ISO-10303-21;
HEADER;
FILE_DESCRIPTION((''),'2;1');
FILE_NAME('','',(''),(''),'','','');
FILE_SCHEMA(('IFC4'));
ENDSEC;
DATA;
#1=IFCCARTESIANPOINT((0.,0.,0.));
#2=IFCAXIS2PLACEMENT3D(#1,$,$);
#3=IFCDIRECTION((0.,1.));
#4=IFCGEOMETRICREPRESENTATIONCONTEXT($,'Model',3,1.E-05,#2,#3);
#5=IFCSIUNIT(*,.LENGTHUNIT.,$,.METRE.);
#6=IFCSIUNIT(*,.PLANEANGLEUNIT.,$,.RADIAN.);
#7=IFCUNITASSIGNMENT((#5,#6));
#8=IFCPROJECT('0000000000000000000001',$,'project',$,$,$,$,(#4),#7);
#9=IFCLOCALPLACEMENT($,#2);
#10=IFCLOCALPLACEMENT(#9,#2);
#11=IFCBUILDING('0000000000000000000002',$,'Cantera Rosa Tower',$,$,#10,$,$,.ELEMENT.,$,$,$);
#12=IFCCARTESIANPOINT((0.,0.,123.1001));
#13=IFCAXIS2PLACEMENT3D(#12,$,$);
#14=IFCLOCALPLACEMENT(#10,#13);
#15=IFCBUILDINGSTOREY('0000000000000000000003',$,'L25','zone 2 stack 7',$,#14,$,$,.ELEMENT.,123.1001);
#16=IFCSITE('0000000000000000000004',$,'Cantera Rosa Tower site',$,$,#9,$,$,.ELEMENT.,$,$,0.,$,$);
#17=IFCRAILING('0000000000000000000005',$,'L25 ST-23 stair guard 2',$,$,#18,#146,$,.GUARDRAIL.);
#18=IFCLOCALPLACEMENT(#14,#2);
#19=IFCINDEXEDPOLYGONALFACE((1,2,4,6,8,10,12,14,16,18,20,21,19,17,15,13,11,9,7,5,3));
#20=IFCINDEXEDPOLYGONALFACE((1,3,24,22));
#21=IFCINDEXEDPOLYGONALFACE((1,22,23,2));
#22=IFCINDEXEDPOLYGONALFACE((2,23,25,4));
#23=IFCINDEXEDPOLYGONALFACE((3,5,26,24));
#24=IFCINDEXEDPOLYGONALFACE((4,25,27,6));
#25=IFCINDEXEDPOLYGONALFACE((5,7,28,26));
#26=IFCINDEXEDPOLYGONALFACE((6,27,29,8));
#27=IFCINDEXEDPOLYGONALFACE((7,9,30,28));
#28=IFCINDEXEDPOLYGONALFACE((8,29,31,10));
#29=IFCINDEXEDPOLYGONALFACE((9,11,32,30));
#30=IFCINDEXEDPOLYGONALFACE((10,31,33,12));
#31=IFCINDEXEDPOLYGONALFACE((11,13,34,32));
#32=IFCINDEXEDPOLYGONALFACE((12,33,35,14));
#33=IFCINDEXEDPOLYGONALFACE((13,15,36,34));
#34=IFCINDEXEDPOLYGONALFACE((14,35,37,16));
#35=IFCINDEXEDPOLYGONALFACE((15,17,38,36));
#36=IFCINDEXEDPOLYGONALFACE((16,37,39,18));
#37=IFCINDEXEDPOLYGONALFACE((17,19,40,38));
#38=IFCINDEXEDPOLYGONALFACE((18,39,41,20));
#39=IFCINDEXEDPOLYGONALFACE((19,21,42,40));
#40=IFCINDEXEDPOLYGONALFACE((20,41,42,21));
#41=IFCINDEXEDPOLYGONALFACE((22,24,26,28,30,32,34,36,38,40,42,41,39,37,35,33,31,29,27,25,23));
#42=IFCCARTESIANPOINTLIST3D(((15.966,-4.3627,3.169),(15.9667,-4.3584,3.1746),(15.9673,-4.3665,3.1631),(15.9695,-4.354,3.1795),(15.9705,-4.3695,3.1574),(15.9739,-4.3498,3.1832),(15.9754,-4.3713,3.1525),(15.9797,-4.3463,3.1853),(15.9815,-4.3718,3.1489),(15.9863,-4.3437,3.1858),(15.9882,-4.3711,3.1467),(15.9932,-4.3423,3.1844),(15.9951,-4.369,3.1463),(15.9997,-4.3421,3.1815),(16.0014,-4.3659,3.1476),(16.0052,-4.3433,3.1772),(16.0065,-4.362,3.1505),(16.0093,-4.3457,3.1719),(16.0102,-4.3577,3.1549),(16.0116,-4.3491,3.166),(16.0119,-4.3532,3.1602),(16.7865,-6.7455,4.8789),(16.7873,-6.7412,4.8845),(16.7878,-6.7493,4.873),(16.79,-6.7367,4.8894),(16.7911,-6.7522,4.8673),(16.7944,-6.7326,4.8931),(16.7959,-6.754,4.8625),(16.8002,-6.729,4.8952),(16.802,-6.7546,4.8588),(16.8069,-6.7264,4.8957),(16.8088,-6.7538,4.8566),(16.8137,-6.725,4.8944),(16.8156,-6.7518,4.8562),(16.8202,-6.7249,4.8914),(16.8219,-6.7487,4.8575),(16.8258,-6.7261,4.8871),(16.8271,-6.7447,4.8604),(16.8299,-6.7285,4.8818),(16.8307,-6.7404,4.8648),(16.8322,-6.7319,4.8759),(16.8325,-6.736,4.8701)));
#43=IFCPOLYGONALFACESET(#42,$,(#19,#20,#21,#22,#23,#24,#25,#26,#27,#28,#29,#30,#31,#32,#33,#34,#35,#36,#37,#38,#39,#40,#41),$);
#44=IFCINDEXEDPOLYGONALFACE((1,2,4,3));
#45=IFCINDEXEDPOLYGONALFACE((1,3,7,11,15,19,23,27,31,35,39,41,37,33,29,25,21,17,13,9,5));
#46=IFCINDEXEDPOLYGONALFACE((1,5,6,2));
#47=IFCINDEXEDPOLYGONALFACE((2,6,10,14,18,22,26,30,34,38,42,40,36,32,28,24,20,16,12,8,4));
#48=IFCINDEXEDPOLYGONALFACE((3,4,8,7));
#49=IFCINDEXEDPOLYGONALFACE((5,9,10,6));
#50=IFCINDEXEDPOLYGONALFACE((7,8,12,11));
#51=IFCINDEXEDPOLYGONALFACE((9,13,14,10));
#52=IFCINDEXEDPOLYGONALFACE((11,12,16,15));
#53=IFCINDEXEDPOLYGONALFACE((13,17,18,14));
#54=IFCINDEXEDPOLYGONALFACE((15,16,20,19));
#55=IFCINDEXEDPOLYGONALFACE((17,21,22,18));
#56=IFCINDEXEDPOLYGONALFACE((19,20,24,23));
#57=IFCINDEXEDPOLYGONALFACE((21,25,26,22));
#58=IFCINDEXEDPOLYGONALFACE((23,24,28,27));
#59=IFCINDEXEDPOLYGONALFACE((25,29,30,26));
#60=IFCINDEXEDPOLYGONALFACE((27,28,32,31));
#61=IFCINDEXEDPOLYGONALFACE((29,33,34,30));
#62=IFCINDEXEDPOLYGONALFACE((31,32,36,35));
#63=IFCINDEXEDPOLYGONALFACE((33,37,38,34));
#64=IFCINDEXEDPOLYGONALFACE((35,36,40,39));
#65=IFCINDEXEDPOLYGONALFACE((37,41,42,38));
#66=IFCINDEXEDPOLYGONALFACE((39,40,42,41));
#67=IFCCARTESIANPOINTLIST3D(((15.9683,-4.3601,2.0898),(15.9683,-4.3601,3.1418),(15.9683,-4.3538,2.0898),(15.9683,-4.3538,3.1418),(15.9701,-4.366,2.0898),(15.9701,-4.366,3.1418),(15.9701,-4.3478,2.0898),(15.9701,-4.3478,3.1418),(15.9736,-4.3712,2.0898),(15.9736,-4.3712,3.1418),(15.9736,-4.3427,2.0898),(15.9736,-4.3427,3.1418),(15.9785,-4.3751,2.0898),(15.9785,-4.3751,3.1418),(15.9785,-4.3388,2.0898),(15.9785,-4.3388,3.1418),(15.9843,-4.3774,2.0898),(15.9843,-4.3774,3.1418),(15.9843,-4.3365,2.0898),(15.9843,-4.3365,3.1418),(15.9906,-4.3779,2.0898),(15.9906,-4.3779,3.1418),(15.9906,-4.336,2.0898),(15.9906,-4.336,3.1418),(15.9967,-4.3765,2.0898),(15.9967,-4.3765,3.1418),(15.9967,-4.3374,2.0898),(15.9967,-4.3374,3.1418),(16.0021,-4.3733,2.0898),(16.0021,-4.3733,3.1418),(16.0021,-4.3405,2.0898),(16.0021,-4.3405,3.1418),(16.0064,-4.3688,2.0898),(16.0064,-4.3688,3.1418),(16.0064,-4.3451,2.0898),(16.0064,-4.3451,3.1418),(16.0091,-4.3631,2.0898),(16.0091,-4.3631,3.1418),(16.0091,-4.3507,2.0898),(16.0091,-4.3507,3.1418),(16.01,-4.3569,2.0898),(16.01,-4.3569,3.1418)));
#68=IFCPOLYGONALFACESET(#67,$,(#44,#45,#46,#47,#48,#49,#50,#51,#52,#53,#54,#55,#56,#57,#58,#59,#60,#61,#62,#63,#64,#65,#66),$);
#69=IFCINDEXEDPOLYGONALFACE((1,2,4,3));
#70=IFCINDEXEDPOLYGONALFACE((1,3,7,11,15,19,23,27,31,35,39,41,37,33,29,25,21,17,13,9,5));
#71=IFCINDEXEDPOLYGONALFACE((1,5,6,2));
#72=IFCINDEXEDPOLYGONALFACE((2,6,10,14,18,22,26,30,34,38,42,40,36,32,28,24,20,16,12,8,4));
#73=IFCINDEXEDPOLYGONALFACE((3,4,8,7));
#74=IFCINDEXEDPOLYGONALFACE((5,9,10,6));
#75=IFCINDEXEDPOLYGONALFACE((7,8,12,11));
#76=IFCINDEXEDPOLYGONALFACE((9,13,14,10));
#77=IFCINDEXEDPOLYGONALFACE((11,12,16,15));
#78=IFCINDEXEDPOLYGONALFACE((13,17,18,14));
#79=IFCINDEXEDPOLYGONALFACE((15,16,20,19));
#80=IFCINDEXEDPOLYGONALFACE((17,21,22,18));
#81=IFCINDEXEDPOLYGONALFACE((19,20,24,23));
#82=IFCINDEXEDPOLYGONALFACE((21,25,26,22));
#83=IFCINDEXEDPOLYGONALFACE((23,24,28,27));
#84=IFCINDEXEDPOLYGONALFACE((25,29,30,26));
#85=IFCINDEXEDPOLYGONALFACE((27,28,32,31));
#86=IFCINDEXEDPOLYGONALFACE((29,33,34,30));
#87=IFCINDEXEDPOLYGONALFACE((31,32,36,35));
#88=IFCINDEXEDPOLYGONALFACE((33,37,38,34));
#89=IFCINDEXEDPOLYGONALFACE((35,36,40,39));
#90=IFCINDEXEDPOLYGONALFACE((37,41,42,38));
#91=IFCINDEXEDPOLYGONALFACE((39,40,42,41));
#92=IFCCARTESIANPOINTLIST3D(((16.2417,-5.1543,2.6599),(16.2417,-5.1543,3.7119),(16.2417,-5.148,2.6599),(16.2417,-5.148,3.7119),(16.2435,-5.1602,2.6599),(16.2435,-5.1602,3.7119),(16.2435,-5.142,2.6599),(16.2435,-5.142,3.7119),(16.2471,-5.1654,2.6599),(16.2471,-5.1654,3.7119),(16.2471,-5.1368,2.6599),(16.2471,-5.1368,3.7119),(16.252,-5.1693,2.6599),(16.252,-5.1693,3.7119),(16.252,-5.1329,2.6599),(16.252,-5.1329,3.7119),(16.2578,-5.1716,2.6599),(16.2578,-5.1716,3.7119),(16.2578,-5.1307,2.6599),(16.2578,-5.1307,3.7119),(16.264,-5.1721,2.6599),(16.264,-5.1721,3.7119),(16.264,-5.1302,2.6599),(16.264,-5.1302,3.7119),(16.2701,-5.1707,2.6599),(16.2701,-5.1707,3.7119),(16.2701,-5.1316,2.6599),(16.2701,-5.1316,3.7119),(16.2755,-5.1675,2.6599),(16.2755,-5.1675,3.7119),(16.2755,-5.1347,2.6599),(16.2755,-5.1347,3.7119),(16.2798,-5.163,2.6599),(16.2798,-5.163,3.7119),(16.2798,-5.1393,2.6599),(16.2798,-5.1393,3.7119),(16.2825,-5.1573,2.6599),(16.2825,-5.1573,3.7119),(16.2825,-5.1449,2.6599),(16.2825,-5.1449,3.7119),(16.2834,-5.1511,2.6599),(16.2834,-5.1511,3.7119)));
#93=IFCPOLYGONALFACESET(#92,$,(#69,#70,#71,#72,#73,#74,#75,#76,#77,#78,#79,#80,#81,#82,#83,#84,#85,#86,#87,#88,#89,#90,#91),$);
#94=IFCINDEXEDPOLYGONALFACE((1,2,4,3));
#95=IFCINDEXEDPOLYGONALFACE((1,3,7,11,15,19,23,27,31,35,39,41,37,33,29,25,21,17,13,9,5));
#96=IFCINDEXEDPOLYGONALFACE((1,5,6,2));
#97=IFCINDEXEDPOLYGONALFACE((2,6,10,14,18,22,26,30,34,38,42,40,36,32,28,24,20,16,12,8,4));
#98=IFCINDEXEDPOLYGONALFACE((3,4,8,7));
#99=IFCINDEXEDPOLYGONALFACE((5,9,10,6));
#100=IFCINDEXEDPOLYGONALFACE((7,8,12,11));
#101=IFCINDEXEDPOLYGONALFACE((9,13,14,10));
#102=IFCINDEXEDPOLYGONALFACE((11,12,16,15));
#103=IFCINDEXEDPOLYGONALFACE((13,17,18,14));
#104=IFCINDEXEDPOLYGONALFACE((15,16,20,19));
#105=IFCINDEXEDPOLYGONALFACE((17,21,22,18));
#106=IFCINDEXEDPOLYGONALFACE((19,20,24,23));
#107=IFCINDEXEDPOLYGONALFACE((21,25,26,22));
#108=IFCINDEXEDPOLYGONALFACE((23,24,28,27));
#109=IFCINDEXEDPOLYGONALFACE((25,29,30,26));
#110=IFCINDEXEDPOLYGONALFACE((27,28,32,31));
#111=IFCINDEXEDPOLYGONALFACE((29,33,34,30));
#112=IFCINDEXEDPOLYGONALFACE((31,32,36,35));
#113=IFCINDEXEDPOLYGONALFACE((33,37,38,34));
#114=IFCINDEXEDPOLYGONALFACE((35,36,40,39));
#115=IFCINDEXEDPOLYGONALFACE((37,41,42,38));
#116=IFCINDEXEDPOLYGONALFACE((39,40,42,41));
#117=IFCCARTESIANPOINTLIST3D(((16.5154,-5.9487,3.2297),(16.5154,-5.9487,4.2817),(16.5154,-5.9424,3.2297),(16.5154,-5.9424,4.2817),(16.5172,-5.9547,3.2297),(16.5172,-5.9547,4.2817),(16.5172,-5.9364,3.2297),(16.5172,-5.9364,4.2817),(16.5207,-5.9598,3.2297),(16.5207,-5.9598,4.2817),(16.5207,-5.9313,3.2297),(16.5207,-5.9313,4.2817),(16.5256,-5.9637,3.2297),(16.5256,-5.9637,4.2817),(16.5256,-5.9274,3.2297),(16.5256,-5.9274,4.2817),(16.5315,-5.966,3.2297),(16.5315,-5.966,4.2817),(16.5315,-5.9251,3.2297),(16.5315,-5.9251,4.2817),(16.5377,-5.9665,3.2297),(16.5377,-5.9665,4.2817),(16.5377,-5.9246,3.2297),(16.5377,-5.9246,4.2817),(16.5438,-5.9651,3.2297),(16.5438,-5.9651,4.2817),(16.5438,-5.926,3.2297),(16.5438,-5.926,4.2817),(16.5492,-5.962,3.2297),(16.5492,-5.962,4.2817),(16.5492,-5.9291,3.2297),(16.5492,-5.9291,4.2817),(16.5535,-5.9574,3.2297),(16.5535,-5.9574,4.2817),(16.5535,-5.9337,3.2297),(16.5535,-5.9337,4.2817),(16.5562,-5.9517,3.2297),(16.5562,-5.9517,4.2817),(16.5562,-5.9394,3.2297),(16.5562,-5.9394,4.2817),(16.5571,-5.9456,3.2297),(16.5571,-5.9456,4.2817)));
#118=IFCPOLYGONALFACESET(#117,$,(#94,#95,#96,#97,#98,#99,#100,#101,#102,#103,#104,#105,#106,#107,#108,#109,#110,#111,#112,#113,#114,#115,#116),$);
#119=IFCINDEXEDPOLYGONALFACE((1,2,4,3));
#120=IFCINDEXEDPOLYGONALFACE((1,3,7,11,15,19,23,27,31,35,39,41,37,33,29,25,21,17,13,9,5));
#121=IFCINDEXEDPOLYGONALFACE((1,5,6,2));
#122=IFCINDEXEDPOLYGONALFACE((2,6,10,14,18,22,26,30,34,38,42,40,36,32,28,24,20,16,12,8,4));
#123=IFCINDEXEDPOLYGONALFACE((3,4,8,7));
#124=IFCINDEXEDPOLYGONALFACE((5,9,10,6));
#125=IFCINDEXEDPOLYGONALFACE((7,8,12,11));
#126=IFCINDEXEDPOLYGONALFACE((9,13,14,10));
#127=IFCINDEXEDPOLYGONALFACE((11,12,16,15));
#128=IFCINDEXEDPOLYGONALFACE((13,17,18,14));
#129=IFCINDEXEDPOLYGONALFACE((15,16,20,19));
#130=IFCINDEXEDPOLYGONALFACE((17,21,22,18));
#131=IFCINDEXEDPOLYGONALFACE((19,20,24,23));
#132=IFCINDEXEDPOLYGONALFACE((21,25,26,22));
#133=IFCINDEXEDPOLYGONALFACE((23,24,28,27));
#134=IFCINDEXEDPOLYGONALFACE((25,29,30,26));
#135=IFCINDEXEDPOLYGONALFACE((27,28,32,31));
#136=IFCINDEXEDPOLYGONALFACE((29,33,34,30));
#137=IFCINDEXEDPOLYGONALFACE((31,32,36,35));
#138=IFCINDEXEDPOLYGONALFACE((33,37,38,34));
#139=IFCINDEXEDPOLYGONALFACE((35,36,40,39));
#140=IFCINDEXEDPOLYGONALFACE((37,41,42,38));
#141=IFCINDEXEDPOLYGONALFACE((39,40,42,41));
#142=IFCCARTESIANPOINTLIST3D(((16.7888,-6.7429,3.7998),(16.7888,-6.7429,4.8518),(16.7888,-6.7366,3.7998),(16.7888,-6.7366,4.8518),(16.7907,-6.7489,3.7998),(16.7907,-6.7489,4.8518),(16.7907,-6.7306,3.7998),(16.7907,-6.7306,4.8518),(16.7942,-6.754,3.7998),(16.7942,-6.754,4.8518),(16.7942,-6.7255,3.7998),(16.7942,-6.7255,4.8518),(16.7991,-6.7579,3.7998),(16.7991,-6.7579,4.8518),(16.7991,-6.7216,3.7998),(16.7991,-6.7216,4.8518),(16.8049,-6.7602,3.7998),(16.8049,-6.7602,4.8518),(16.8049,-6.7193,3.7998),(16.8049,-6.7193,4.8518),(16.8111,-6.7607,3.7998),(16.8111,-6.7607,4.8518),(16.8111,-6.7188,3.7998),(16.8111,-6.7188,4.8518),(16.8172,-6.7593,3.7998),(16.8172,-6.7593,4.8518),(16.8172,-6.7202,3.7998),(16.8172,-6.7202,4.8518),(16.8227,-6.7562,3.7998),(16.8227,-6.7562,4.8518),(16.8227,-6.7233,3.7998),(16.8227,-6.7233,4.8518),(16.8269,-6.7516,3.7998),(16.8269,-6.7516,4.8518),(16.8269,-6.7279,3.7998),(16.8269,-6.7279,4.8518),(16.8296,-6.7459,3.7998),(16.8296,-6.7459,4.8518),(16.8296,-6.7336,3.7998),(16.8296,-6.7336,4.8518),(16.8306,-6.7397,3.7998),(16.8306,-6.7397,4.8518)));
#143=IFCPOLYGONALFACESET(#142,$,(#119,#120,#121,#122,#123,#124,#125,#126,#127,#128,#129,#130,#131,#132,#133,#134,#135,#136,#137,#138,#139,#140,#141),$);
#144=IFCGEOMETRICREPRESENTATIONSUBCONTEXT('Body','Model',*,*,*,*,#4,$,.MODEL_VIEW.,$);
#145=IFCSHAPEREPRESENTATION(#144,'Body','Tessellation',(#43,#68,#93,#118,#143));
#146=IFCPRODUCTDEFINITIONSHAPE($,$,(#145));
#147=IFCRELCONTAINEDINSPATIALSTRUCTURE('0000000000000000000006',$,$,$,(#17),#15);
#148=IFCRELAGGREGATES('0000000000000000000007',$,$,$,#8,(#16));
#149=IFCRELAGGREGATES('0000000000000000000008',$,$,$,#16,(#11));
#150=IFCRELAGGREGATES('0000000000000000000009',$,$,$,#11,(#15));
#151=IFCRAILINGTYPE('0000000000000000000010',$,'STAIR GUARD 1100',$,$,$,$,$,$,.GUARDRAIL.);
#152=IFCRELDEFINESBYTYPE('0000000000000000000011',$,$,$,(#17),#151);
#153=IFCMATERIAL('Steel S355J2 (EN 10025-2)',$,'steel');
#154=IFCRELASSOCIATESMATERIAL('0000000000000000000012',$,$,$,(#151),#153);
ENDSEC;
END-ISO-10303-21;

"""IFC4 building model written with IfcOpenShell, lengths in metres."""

from ifc_helpers import new_model, si_unit, direction, frame, origin, origin_2d, place, context, subcontext, project, spatial, circle, extrude, material, type_object, element, save


model = new_model("IFC4")

# Units and contexts
model_context = context("Model", 3, precision=1e-05, world=origin(), true_north=direction((0.0, 1.0)))
body_context = subcontext(model_context, "Body", "Model", "MODEL_VIEW")
ifc_project = project(units=[si_unit("LENGTHUNIT", "METRE"), si_unit("PLANEANGLEUNIT", "RADIAN")], contexts=[model_context])

# Site, building, storey
site_placement = place(None, origin())
site = spatial("IfcSite", under=ifc_project, at=site_placement, Name="Cantera Rosa Tower site", CompositionType="ELEMENT", RefElevation=0.0)
building_placement = place(site_placement, origin())
building = spatial("IfcBuilding", under=site, at=building_placement, Name="Cantera Rosa Tower", CompositionType="ELEMENT")
storey_placement = place(building_placement, frame((0.0, 0.0, 123.1001)))
storey = spatial("IfcBuildingStorey", under=building, at=storey_placement, Name="L25", Description="zone 2 stack 7", CompositionType="ELEMENT", Elevation=123.1001)

# Railing
ifc_material_1 = material(Name="Steel S355J2 (EN 10025-2)", Category="steel")
railing_type_1 = type_object("IfcRailingType", Name="STAIR GUARD 1100", PredefinedType="GUARDRAIL", material=ifc_material_1)
railing_1_placement = place(storey_placement, frame((15.989, -4.3569, 2.0898)))
element("IfcRailing", 1, at=railing_1_placement, inside=storey, type_object=railing_type_1, Name="L25 ST-23 stair guard 2", PredefinedType="GUARDRAIL", context=body_context, shape_type="SweptSolid", body=[
    extrude(circle(Radius=0.0239, at=origin_2d()), frame((0.0, 0.0, 1.0762), z_axis=(0.269432, -0.782404, 0.561471), x_axis=(0.945508, 0.3256, 0.0)), (0.0, 0.0, 1.0), 3.0454),
    extrude(circle(Radius=0.021, at=origin_2d()), origin(), (0.0, 0.0, 1.0), 1.052),
    extrude(circle(Radius=0.021, at=origin_2d()), frame((0.2734, -0.7942, 0.5701)), (0.0, 0.0, 1.0), 1.052),
    extrude(circle(Radius=0.021, at=origin_2d()), frame((0.5471, -1.5886, 1.1399)), (0.0, 0.0, 1.0), 1.052),
    extrude(circle(Radius=0.021, at=origin_2d()), frame((0.8206, -2.3828, 1.71)), (0.0, 0.0, 1.0), 1.052),
])

save(model, "model.ifc")
